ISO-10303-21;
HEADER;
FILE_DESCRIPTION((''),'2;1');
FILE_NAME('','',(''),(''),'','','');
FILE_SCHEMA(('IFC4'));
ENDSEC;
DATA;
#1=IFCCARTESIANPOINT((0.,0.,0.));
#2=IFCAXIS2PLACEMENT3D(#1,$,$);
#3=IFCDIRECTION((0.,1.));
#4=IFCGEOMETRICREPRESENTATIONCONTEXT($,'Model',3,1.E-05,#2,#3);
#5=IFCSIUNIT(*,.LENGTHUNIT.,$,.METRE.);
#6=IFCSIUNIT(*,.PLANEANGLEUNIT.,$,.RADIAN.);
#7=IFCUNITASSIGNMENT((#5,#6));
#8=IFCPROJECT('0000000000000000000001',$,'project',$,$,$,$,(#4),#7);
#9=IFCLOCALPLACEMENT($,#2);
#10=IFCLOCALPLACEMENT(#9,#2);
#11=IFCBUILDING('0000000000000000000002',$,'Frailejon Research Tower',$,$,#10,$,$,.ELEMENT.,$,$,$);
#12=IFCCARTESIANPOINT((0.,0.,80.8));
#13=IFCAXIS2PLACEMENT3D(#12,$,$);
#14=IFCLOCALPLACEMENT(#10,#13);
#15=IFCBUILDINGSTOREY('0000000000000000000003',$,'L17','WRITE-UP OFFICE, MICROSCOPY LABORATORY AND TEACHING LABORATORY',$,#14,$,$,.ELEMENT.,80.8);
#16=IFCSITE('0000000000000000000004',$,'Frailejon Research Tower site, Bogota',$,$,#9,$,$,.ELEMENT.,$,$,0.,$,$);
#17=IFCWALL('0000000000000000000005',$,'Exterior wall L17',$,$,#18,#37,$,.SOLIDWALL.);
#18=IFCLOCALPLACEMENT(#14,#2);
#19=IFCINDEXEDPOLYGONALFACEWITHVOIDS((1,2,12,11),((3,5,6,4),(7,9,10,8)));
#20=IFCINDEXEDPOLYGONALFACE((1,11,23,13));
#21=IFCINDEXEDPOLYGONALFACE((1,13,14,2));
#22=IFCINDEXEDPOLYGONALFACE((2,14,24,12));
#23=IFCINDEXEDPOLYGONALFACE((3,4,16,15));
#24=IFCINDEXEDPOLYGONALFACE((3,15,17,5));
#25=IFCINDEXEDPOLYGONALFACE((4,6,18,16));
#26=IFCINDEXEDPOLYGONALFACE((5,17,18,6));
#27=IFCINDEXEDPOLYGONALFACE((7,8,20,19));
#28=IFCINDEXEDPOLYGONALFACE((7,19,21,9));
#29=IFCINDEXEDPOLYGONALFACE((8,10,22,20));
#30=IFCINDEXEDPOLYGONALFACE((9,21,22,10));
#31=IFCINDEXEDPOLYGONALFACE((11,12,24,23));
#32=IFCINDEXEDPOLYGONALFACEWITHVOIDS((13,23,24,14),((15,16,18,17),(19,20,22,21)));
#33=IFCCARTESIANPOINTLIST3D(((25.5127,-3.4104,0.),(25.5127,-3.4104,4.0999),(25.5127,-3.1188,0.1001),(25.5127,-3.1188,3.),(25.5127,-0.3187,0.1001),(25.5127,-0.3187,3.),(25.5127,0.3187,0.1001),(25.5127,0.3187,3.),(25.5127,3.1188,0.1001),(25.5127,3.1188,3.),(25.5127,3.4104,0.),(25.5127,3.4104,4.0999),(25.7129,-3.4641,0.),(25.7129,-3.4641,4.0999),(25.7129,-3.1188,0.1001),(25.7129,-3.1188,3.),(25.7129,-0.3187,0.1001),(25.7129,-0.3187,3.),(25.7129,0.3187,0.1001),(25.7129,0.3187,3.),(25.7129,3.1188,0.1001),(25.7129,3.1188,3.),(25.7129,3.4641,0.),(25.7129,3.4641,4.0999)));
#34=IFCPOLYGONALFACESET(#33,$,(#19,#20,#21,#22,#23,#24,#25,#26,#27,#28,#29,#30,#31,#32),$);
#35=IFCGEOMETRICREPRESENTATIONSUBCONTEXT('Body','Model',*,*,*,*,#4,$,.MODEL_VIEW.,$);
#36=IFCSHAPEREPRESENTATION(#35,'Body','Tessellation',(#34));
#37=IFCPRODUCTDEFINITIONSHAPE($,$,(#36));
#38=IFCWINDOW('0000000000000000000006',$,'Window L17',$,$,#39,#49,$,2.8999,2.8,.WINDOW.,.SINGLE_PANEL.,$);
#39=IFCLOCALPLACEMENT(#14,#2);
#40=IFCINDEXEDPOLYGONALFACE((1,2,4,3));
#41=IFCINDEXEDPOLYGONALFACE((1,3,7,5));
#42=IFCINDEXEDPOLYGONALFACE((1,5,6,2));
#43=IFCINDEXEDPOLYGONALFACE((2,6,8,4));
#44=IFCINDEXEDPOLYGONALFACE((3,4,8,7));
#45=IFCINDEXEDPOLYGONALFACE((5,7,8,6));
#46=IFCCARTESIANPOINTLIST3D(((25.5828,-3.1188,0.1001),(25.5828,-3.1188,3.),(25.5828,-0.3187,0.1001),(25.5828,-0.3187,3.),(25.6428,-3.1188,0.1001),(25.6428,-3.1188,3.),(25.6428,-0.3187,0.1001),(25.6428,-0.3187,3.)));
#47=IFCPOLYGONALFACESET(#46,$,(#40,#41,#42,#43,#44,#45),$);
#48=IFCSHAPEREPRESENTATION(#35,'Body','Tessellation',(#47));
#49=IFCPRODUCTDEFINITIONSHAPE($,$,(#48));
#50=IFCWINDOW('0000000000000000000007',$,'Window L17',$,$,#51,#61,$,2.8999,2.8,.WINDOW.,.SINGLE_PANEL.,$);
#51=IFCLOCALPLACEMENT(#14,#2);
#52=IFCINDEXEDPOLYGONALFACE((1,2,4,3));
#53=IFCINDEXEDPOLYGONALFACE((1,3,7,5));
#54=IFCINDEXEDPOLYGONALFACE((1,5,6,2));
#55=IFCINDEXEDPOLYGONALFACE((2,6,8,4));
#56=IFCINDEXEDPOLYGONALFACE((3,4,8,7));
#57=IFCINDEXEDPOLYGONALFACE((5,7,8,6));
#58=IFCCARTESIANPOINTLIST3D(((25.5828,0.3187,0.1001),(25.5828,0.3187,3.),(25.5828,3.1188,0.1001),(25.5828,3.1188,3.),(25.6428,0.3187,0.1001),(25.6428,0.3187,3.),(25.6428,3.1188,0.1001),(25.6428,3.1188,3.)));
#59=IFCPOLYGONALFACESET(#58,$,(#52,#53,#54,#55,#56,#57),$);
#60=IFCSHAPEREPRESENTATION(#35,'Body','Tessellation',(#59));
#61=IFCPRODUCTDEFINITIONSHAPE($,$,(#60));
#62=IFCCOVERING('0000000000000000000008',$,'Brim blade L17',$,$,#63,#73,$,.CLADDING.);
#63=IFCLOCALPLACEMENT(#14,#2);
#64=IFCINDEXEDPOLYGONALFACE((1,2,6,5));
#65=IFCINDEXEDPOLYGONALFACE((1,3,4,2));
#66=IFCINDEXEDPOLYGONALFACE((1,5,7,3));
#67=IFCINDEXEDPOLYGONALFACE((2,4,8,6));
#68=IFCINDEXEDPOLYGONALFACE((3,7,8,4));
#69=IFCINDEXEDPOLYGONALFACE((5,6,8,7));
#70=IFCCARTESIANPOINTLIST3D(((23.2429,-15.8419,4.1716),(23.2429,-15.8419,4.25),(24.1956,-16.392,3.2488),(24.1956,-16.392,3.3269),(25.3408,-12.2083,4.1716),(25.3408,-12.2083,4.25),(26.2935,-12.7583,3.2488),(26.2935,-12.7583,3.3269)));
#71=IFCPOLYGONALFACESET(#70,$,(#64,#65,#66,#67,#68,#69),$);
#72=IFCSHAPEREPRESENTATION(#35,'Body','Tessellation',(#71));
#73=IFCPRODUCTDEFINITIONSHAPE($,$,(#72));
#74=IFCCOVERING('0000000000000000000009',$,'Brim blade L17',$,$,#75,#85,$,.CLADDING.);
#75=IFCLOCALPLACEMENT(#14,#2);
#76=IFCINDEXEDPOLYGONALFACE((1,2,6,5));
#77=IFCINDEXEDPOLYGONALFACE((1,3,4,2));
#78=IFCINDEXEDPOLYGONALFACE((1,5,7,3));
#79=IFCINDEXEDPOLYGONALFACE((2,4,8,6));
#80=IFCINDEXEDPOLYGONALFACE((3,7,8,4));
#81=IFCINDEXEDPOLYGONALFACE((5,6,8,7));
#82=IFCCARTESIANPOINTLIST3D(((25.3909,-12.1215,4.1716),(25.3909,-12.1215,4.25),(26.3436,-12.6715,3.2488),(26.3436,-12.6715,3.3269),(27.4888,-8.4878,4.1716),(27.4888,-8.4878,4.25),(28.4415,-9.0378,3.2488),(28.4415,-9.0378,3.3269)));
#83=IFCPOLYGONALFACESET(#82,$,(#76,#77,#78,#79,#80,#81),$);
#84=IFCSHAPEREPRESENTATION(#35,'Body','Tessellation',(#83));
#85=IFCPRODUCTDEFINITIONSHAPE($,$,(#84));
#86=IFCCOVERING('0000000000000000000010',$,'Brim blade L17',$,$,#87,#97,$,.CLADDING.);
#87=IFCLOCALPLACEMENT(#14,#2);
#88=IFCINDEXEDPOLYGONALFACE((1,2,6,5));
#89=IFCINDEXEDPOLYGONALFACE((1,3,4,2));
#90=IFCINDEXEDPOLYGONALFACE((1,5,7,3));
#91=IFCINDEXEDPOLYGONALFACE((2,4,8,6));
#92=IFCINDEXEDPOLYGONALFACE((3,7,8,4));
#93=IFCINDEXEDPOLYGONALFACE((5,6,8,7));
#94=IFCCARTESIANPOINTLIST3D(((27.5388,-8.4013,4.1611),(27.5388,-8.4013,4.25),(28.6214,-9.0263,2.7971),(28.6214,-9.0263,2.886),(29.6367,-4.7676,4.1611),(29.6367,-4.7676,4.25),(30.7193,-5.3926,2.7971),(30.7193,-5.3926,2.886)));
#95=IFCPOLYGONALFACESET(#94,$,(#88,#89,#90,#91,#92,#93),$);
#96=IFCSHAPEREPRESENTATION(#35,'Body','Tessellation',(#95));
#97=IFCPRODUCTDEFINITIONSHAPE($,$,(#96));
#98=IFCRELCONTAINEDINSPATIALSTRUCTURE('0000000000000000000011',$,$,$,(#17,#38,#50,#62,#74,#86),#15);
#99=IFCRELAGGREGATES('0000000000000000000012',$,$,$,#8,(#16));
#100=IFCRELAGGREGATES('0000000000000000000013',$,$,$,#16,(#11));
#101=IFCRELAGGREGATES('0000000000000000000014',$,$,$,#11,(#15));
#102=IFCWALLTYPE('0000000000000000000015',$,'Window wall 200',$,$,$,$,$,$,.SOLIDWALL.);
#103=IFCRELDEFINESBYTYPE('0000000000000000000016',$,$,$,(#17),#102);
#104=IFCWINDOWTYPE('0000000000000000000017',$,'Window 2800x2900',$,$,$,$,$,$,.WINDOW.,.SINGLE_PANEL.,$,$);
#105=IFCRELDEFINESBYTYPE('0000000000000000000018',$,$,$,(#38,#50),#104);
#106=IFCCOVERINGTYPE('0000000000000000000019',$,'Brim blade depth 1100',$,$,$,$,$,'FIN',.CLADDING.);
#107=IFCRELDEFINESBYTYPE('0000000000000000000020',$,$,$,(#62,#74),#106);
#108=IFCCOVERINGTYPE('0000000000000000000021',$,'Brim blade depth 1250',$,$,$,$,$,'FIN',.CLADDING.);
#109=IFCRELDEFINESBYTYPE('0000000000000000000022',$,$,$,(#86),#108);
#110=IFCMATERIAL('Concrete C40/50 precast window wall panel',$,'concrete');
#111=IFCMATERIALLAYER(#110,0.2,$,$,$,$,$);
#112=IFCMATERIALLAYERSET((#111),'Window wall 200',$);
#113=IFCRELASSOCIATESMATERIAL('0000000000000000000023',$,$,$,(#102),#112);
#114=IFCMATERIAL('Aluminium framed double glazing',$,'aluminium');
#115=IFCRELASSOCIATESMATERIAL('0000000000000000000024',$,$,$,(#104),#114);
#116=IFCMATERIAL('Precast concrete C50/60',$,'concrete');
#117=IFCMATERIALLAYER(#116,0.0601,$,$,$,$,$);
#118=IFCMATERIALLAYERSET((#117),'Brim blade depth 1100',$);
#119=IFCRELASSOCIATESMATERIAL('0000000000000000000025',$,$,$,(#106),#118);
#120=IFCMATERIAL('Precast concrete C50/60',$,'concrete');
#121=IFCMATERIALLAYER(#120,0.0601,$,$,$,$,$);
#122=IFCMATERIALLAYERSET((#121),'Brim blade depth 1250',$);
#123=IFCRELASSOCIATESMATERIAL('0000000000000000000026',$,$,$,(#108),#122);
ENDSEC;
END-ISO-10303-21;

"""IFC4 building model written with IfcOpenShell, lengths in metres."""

from ifc_helpers import new_model, si_unit, direction, frame, frame_2d, origin, place, context, subcontext, project, spatial, polyline, rectangle, outline, extrude, material, layer, layer_set, type_object, element, fill, save


model = new_model("IFC4")

# Units and contexts
model_context = context("Model", 3, precision=1e-05, world=origin(), true_north=direction((0.0, 1.0)))
body_context = subcontext(model_context, "Body", "Model", "MODEL_VIEW")
ifc_project = project(units=[si_unit("LENGTHUNIT", "METRE"), si_unit("PLANEANGLEUNIT", "RADIAN")], contexts=[model_context])

# Site, building, storey
site_placement = place(None, origin())
site = spatial("IfcSite", under=ifc_project, at=site_placement, Name="Frailejon Research Tower site, Bogota", CompositionType="ELEMENT", RefElevation=0.0)
building_placement = place(site_placement, origin())
building = spatial("IfcBuilding", under=site, at=building_placement, Name="Frailejon Research Tower", CompositionType="ELEMENT")
storey_placement = place(building_placement, frame((0.0, 0.0, 80.8)))
storey = spatial("IfcBuildingStorey", under=building, at=storey_placement, Name="L17", Description="WRITE-UP OFFICE, MICROSCOPY LABORATORY AND TEACHING LABORATORY", CompositionType="ELEMENT", Elevation=80.8)

# Wall, openings, windows
ifc_material_1 = material(Name="Concrete C40/50 precast window wall panel", Category="concrete")
ifc_layer_1 = layer(ifc_material_1, 0.2)
ifc_layer_set_1 = layer_set([ifc_layer_1], Name="Window wall 200")
wall_type_1 = type_object("IfcWallType", Name="Window wall 200", PredefinedType="SOLIDWALL", material=ifc_layer_set_1)
wall_1_placement = place(storey_placement, frame((25.6128, -3.4373, 0.0), z_axis=(0.0, 0.0, 1.0), x_axis=(0.0, 1.0, 0.0)))
wall_1 = element("IfcWall", 1, at=wall_1_placement, inside=storey, type_object=wall_type_1, Name="Exterior wall L17", PredefinedType="SOLIDWALL", context=body_context, shape_type="SweptSolid", body=[
    extrude(outline(polyline([(-0.0269, -0.1001), (1.1279, -0.1001), (2.2825, -0.1001), (3.4373, -0.1001), (4.592, -0.1001), (5.7466, -0.1001), (6.9014, -0.1001), (6.8477, 0.1001), (5.7109, 0.1001), (4.574, 0.1001), (3.4373, 0.1001), (2.3005, 0.1001), (1.1636, 0.1001), (0.0269, 0.1001), (-0.0269, -0.1001)])), origin(), (0.0, 0.0, 1.0), 4.0999),
])
opening_1_placement = place(wall_1_placement, frame((0.3186, 0.0, 0.1001)))
opening_1 = element("IfcOpeningElement", 2, at=opening_1_placement, cuts=wall_1, PredefinedType="OPENING", context=body_context, shape_type="SweptSolid", body=[
    extrude(rectangle(XDim=2.8, YDim=2.8999, at=frame_2d((1.3999, 1.45))), frame((0.0, 0.1099, 0.0), z_axis=(0.0, -1.0, 0.0), x_axis=(1.0, 0.0, 0.0)), (0.0, 0.0, 1.0), 0.22),
])
opening_2_placement = place(wall_1_placement, frame((3.7561, 0.0, 0.1001)))
opening_2 = element("IfcOpeningElement", 3, at=opening_2_placement, cuts=wall_1, PredefinedType="OPENING", context=body_context, shape_type="SweptSolid", body=[
    extrude(rectangle(XDim=2.8, YDim=2.8999, at=frame_2d((1.3999, 1.45))), frame((0.0, 0.1099, 0.0), z_axis=(0.0, -1.0, 0.0), x_axis=(1.0, 0.0, 0.0)), (0.0, 0.0, 1.0), 0.22),
])
ifc_material_2 = material(Name="Aluminium framed double glazing", Category="aluminium")
window_type = type_object("IfcWindowType", Name="Window 2800x2900", PartitioningType="SINGLE_PANEL", PredefinedType="WINDOW", material=ifc_material_2)
window_1_placement = place(opening_1_placement, origin())
window_1 = element("IfcWindow", 4, at=window_1_placement, inside=storey, type_object=window_type, Name="Window L17", OverallHeight=2.8999, OverallWidth=2.8, PartitioningType="SINGLE_PANEL", PredefinedType="WINDOW", context=body_context, shape_type="SweptSolid", body=[
    extrude(rectangle(XDim=2.8, YDim=2.8999, at=frame_2d((1.3999, 1.45))), frame((0.0, 0.03, 0.0), z_axis=(0.0, -1.0, 0.0), x_axis=(1.0, 0.0, 0.0)), (0.0, 0.0, 1.0), 0.0601),
])
fill(opening_1, window_1)
window_2_placement = place(opening_2_placement, origin())
window_2 = element("IfcWindow", 5, at=window_2_placement, inside=storey, type_object=window_type, Name="Window L17", OverallHeight=2.8999, OverallWidth=2.8, PartitioningType="SINGLE_PANEL", PredefinedType="WINDOW", context=body_context, shape_type="SweptSolid", body=[
    extrude(rectangle(XDim=2.8, YDim=2.8999, at=frame_2d((1.3999, 1.45))), frame((0.0, 0.03, 0.0), z_axis=(0.0, -1.0, 0.0), x_axis=(1.0, 0.0, 0.0)), (0.0, 0.0, 1.0), 0.0601),
])
fill(opening_2, window_2)

# Coverings
ifc_material_3 = material(Name="Precast concrete C50/60", Category="concrete")
ifc_layer_2 = layer(ifc_material_3, 0.0601)
ifc_layer_set_2 = layer_set([ifc_layer_2], Name="Brim blade depth 1100")
covering_type_1 = type_object("IfcCoveringType", Name="Brim blade depth 1100", ElementType="FIN", PredefinedType="CLADDING", material=ifc_layer_set_2)
for number, where, z_axis, x_axis, name in (
    (6, (25.3408, -12.2083, 4.25), (-0.500007, -0.866021, 0.0), (0.866021, -0.500007, 0.0), "Brim blade L17"),
    (7, (27.4888, -8.4878, 4.25), (-0.499997, -0.866027, 0.0), (0.866027, -0.499997, 0.0), "Brim blade L17"),
):
    element("IfcCovering", number, at=place(storey_placement, frame(where, z_axis=z_axis, x_axis=x_axis)), inside=storey, type_object=covering_type_1, Name=name, PredefinedType="CLADDING", context=body_context, shape_type="SweptSolid", body=[
        extrude(outline(polyline([(0.0, -0.0784), (1.1001, -1.0012), (1.1001, -0.9231), (0.0, 0.0), (0.0, -0.0784)])), origin(), (0.0, 0.0, 1.0), 4.1958),
    ])
ifc_material_4 = material(Name="Precast concrete C50/60", Category="concrete")
ifc_layer_3 = layer(ifc_material_4, 0.0601)
ifc_layer_set_3 = layer_set([ifc_layer_3], Name="Brim blade depth 1250")
covering_type_2 = type_object("IfcCoveringType", Name="Brim blade depth 1250", ElementType="FIN", PredefinedType="CLADDING", material=ifc_layer_set_3)
covering_placement = place(storey_placement, frame((29.6367, -4.7676, 4.25), z_axis=(-0.499997, -0.866027, 0.0), x_axis=(0.866027, -0.499997, 0.0)))
element("IfcCovering", 8, at=covering_placement, inside=storey, type_object=covering_type_2, Name="Brim blade L17", PredefinedType="CLADDING", context=body_context, shape_type="SweptSolid", body=[
    extrude(outline(polyline([(0.0, -0.0889), (1.25, -1.4529), (1.25, -1.364), (0.0, 0.0), (0.0, -0.0889)])), origin(), (0.0, 0.0, 1.0), 4.1958),
])

save(model, "model.ifc")
